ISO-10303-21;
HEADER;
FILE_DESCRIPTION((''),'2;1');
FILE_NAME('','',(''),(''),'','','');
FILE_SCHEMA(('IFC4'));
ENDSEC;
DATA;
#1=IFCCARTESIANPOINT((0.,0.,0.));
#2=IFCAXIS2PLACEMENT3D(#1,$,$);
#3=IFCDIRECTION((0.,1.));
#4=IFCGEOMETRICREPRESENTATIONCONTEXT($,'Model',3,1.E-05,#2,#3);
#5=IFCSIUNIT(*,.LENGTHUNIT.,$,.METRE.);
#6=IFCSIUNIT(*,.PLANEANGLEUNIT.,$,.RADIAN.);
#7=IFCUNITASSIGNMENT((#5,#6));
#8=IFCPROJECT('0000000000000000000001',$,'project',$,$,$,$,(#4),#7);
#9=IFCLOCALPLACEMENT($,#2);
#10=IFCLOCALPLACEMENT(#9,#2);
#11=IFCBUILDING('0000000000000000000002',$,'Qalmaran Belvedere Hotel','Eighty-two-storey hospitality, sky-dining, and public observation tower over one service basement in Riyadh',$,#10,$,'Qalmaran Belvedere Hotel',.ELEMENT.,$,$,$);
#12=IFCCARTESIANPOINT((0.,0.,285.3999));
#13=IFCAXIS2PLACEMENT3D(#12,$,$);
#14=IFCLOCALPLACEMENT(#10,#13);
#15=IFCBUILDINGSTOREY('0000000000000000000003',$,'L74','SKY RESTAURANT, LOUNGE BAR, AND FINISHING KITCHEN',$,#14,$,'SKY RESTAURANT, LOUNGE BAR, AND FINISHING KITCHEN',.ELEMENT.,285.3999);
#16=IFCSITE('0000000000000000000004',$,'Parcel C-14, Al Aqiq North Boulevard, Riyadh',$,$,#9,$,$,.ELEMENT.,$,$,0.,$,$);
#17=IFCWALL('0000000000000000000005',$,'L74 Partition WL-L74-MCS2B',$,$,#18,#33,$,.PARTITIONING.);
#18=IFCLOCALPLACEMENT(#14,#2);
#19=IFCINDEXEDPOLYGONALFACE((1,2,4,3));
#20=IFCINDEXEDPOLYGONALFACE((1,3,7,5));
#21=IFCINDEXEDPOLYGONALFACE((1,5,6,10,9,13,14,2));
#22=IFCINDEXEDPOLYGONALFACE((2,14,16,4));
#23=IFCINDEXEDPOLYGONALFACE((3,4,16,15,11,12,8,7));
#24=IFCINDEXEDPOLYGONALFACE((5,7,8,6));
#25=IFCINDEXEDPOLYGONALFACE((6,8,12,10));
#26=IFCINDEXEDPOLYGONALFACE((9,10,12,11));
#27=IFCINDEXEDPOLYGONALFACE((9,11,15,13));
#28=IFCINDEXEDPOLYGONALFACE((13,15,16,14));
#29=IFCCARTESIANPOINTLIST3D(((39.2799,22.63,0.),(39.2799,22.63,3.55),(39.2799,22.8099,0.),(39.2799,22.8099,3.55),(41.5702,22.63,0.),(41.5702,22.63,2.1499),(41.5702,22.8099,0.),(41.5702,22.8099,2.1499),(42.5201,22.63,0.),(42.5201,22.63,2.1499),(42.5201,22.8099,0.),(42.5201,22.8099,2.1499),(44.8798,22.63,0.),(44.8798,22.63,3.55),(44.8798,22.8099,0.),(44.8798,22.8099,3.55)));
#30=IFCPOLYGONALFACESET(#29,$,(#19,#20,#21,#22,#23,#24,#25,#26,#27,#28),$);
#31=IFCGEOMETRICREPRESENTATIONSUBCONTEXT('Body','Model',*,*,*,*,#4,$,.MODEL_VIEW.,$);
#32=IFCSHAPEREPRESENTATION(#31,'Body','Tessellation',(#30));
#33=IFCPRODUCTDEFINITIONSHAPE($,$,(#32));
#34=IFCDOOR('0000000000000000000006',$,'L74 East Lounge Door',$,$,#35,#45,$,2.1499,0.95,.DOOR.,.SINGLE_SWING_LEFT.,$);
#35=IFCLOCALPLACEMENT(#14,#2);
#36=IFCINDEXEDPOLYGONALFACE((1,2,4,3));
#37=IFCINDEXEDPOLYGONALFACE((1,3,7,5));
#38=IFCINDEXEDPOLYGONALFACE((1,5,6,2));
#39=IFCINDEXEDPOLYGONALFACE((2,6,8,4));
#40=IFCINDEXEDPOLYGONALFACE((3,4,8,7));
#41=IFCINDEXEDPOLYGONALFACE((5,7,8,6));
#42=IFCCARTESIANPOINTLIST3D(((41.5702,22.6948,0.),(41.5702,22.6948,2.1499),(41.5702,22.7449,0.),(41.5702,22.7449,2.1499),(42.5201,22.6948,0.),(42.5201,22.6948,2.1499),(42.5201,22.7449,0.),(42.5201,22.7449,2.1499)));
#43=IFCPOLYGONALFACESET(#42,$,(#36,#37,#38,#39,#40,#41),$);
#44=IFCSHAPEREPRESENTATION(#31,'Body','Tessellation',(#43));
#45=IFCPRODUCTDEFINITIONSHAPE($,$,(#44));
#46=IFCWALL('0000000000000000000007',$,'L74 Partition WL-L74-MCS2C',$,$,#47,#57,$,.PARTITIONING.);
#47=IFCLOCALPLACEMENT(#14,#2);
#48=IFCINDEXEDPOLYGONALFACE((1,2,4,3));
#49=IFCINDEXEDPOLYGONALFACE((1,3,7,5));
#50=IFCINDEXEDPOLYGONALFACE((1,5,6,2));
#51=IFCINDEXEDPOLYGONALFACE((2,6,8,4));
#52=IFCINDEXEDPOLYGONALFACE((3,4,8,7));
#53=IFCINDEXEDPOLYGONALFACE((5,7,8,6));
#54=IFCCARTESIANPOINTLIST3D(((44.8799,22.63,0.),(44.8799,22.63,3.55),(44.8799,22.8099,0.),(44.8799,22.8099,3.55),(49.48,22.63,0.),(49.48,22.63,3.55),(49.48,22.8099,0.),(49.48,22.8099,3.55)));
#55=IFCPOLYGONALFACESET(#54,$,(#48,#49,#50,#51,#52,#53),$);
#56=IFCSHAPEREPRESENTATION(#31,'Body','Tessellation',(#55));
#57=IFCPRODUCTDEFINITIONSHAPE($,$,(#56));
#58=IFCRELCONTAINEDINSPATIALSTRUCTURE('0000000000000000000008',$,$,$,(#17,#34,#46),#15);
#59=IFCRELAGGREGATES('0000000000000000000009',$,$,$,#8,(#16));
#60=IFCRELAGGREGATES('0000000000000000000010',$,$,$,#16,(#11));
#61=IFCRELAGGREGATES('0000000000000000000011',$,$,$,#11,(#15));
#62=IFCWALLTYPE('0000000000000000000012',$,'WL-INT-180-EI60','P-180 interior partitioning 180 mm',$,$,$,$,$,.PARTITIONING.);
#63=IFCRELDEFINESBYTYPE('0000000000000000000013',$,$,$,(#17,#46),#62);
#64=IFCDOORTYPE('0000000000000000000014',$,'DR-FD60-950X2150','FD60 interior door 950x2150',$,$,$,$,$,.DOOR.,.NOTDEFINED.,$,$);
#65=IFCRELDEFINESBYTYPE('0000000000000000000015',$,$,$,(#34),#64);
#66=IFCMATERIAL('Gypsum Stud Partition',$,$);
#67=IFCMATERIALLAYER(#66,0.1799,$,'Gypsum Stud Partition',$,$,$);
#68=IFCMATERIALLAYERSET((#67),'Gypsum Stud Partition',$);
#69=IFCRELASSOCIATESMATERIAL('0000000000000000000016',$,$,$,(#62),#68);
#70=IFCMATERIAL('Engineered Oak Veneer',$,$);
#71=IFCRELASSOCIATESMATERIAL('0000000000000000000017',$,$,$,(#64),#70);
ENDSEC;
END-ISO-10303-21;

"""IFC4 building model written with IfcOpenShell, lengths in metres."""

from ifc_helpers import new_model, si_unit, direction, frame, frame_2d, origin, place, context, subcontext, project, spatial, rectangle, extrude, material, layer, layer_set, type_object, element, fill, save


model = new_model("IFC4")

# Units and contexts
model_context = context("Model", 3, precision=1e-05, world=origin(), true_north=direction((0.0, 1.0)))
body_context = subcontext(model_context, "Body", "Model", "MODEL_VIEW")
ifc_project = project(units=[si_unit("LENGTHUNIT", "METRE"), si_unit("PLANEANGLEUNIT", "RADIAN")], contexts=[model_context])

# Site, building, storey
site_placement = place(None, origin())
site = spatial("IfcSite", under=ifc_project, at=site_placement, Name="Parcel C-14, Al Aqiq North Boulevard, Riyadh", CompositionType="ELEMENT", RefElevation=0.0)
building_placement = place(site_placement, origin())
building = spatial("IfcBuilding", under=site, at=building_placement, Name="Qalmaran Belvedere Hotel", Description="Eighty-two-storey hospitality, sky-dining, and public observation tower over one service basement in Riyadh", LongName="Qalmaran Belvedere Hotel", CompositionType="ELEMENT")
storey_placement = place(building_placement, frame((0.0, 0.0, 285.3999)))
storey = spatial("IfcBuildingStorey", under=building, at=storey_placement, Name="L74", Description="SKY RESTAURANT, LOUNGE BAR, AND FINISHING KITCHEN", LongName="SKY RESTAURANT, LOUNGE BAR, AND FINISHING KITCHEN", CompositionType="ELEMENT", Elevation=285.3999)

# Shared definitions
ifc_material_1 = material(Name="Gypsum Stud Partition")
ifc_material_2 = material(Name="Engineered Oak Veneer")

# Wall, opening, door
ifc_layer_1 = layer(ifc_material_1, 0.1799, Name="Gypsum Stud Partition")
ifc_layer_set_1 = layer_set([ifc_layer_1], Name="Gypsum Stud Partition")
wall_type_1 = type_object("IfcWallType", Name="WL-INT-180-EI60", Description="P-180 interior partitioning 180 mm", PredefinedType="PARTITIONING", material=ifc_layer_set_1)
wall_1_placement = place(storey_placement, frame((39.28, 22.72, 0.0), z_axis=(0.0, 0.0, 1.0), x_axis=(1.0, 0.0, 0.0)))
wall_1 = element("IfcWall", 1, at=wall_1_placement, inside=storey, type_object=wall_type_1, Name="L74 Partition WL-L74-MCS2B", PredefinedType="PARTITIONING", context=body_context, shape_type="SweptSolid", body=[
    extrude(rectangle(XDim=5.5999, YDim=0.1799, at=frame_2d((2.7998, 0.0))), origin(), (0.0, 0.0, 1.0), 3.55),
])
opening_1_placement = place(wall_1_placement, frame((2.29, 0.0, 0.0)))
opening_1 = element("IfcOpeningElement", 2, at=opening_1_placement, cuts=wall_1, PredefinedType="OPENING", context=body_context, shape_type="SweptSolid", body=[
    extrude(rectangle(XDim=0.95, YDim=2.1499, at=frame_2d((0.4751, 1.075))), frame((0.0, 0.1001, 0.0), z_axis=(0.0, -1.0, 0.0), x_axis=(1.0, 0.0, 0.0)), (0.0, 0.0, 1.0), 0.2),
])
door_type_1 = type_object("IfcDoorType", Name="DR-FD60-950X2150", Description="FD60 interior door 950x2150", OperationType="NOTDEFINED", PredefinedType="DOOR", material=ifc_material_2)
door_1_placement = place(opening_1_placement, origin())
door_1 = element("IfcDoor", 3, at=door_1_placement, inside=storey, type_object=door_type_1, Name="L74 East Lounge Door", OperationType="SINGLE_SWING_LEFT", OverallHeight=2.1499, OverallWidth=0.95, PredefinedType="DOOR", context=body_context, shape_type="SweptSolid", body=[
    extrude(rectangle(XDim=0.95, YDim=2.1499, at=frame_2d((0.4751, 1.075))), frame((0.0, 0.0249, 0.0), z_axis=(0.0, -1.0, 0.0), x_axis=(1.0, 0.0, 0.0)), (0.0, 0.0, 1.0), 0.05),
])
fill(opening_1, door_1)

# Wall
wall_2_placement = place(storey_placement, frame((44.8799, 22.72, 0.0), z_axis=(0.0, 0.0, 1.0), x_axis=(1.0, 0.0, 0.0)))
element("IfcWall", 4, at=wall_2_placement, inside=storey, type_object=wall_type_1, Name="L74 Partition WL-L74-MCS2C", PredefinedType="PARTITIONING", context=body_context, shape_type="SweptSolid", body=[
    extrude(rectangle(XDim=4.6001, YDim=0.1799, at=frame_2d((2.3, 0.0))), origin(), (0.0, 0.0, 1.0), 3.55),
])

save(model, "model.ifc")
